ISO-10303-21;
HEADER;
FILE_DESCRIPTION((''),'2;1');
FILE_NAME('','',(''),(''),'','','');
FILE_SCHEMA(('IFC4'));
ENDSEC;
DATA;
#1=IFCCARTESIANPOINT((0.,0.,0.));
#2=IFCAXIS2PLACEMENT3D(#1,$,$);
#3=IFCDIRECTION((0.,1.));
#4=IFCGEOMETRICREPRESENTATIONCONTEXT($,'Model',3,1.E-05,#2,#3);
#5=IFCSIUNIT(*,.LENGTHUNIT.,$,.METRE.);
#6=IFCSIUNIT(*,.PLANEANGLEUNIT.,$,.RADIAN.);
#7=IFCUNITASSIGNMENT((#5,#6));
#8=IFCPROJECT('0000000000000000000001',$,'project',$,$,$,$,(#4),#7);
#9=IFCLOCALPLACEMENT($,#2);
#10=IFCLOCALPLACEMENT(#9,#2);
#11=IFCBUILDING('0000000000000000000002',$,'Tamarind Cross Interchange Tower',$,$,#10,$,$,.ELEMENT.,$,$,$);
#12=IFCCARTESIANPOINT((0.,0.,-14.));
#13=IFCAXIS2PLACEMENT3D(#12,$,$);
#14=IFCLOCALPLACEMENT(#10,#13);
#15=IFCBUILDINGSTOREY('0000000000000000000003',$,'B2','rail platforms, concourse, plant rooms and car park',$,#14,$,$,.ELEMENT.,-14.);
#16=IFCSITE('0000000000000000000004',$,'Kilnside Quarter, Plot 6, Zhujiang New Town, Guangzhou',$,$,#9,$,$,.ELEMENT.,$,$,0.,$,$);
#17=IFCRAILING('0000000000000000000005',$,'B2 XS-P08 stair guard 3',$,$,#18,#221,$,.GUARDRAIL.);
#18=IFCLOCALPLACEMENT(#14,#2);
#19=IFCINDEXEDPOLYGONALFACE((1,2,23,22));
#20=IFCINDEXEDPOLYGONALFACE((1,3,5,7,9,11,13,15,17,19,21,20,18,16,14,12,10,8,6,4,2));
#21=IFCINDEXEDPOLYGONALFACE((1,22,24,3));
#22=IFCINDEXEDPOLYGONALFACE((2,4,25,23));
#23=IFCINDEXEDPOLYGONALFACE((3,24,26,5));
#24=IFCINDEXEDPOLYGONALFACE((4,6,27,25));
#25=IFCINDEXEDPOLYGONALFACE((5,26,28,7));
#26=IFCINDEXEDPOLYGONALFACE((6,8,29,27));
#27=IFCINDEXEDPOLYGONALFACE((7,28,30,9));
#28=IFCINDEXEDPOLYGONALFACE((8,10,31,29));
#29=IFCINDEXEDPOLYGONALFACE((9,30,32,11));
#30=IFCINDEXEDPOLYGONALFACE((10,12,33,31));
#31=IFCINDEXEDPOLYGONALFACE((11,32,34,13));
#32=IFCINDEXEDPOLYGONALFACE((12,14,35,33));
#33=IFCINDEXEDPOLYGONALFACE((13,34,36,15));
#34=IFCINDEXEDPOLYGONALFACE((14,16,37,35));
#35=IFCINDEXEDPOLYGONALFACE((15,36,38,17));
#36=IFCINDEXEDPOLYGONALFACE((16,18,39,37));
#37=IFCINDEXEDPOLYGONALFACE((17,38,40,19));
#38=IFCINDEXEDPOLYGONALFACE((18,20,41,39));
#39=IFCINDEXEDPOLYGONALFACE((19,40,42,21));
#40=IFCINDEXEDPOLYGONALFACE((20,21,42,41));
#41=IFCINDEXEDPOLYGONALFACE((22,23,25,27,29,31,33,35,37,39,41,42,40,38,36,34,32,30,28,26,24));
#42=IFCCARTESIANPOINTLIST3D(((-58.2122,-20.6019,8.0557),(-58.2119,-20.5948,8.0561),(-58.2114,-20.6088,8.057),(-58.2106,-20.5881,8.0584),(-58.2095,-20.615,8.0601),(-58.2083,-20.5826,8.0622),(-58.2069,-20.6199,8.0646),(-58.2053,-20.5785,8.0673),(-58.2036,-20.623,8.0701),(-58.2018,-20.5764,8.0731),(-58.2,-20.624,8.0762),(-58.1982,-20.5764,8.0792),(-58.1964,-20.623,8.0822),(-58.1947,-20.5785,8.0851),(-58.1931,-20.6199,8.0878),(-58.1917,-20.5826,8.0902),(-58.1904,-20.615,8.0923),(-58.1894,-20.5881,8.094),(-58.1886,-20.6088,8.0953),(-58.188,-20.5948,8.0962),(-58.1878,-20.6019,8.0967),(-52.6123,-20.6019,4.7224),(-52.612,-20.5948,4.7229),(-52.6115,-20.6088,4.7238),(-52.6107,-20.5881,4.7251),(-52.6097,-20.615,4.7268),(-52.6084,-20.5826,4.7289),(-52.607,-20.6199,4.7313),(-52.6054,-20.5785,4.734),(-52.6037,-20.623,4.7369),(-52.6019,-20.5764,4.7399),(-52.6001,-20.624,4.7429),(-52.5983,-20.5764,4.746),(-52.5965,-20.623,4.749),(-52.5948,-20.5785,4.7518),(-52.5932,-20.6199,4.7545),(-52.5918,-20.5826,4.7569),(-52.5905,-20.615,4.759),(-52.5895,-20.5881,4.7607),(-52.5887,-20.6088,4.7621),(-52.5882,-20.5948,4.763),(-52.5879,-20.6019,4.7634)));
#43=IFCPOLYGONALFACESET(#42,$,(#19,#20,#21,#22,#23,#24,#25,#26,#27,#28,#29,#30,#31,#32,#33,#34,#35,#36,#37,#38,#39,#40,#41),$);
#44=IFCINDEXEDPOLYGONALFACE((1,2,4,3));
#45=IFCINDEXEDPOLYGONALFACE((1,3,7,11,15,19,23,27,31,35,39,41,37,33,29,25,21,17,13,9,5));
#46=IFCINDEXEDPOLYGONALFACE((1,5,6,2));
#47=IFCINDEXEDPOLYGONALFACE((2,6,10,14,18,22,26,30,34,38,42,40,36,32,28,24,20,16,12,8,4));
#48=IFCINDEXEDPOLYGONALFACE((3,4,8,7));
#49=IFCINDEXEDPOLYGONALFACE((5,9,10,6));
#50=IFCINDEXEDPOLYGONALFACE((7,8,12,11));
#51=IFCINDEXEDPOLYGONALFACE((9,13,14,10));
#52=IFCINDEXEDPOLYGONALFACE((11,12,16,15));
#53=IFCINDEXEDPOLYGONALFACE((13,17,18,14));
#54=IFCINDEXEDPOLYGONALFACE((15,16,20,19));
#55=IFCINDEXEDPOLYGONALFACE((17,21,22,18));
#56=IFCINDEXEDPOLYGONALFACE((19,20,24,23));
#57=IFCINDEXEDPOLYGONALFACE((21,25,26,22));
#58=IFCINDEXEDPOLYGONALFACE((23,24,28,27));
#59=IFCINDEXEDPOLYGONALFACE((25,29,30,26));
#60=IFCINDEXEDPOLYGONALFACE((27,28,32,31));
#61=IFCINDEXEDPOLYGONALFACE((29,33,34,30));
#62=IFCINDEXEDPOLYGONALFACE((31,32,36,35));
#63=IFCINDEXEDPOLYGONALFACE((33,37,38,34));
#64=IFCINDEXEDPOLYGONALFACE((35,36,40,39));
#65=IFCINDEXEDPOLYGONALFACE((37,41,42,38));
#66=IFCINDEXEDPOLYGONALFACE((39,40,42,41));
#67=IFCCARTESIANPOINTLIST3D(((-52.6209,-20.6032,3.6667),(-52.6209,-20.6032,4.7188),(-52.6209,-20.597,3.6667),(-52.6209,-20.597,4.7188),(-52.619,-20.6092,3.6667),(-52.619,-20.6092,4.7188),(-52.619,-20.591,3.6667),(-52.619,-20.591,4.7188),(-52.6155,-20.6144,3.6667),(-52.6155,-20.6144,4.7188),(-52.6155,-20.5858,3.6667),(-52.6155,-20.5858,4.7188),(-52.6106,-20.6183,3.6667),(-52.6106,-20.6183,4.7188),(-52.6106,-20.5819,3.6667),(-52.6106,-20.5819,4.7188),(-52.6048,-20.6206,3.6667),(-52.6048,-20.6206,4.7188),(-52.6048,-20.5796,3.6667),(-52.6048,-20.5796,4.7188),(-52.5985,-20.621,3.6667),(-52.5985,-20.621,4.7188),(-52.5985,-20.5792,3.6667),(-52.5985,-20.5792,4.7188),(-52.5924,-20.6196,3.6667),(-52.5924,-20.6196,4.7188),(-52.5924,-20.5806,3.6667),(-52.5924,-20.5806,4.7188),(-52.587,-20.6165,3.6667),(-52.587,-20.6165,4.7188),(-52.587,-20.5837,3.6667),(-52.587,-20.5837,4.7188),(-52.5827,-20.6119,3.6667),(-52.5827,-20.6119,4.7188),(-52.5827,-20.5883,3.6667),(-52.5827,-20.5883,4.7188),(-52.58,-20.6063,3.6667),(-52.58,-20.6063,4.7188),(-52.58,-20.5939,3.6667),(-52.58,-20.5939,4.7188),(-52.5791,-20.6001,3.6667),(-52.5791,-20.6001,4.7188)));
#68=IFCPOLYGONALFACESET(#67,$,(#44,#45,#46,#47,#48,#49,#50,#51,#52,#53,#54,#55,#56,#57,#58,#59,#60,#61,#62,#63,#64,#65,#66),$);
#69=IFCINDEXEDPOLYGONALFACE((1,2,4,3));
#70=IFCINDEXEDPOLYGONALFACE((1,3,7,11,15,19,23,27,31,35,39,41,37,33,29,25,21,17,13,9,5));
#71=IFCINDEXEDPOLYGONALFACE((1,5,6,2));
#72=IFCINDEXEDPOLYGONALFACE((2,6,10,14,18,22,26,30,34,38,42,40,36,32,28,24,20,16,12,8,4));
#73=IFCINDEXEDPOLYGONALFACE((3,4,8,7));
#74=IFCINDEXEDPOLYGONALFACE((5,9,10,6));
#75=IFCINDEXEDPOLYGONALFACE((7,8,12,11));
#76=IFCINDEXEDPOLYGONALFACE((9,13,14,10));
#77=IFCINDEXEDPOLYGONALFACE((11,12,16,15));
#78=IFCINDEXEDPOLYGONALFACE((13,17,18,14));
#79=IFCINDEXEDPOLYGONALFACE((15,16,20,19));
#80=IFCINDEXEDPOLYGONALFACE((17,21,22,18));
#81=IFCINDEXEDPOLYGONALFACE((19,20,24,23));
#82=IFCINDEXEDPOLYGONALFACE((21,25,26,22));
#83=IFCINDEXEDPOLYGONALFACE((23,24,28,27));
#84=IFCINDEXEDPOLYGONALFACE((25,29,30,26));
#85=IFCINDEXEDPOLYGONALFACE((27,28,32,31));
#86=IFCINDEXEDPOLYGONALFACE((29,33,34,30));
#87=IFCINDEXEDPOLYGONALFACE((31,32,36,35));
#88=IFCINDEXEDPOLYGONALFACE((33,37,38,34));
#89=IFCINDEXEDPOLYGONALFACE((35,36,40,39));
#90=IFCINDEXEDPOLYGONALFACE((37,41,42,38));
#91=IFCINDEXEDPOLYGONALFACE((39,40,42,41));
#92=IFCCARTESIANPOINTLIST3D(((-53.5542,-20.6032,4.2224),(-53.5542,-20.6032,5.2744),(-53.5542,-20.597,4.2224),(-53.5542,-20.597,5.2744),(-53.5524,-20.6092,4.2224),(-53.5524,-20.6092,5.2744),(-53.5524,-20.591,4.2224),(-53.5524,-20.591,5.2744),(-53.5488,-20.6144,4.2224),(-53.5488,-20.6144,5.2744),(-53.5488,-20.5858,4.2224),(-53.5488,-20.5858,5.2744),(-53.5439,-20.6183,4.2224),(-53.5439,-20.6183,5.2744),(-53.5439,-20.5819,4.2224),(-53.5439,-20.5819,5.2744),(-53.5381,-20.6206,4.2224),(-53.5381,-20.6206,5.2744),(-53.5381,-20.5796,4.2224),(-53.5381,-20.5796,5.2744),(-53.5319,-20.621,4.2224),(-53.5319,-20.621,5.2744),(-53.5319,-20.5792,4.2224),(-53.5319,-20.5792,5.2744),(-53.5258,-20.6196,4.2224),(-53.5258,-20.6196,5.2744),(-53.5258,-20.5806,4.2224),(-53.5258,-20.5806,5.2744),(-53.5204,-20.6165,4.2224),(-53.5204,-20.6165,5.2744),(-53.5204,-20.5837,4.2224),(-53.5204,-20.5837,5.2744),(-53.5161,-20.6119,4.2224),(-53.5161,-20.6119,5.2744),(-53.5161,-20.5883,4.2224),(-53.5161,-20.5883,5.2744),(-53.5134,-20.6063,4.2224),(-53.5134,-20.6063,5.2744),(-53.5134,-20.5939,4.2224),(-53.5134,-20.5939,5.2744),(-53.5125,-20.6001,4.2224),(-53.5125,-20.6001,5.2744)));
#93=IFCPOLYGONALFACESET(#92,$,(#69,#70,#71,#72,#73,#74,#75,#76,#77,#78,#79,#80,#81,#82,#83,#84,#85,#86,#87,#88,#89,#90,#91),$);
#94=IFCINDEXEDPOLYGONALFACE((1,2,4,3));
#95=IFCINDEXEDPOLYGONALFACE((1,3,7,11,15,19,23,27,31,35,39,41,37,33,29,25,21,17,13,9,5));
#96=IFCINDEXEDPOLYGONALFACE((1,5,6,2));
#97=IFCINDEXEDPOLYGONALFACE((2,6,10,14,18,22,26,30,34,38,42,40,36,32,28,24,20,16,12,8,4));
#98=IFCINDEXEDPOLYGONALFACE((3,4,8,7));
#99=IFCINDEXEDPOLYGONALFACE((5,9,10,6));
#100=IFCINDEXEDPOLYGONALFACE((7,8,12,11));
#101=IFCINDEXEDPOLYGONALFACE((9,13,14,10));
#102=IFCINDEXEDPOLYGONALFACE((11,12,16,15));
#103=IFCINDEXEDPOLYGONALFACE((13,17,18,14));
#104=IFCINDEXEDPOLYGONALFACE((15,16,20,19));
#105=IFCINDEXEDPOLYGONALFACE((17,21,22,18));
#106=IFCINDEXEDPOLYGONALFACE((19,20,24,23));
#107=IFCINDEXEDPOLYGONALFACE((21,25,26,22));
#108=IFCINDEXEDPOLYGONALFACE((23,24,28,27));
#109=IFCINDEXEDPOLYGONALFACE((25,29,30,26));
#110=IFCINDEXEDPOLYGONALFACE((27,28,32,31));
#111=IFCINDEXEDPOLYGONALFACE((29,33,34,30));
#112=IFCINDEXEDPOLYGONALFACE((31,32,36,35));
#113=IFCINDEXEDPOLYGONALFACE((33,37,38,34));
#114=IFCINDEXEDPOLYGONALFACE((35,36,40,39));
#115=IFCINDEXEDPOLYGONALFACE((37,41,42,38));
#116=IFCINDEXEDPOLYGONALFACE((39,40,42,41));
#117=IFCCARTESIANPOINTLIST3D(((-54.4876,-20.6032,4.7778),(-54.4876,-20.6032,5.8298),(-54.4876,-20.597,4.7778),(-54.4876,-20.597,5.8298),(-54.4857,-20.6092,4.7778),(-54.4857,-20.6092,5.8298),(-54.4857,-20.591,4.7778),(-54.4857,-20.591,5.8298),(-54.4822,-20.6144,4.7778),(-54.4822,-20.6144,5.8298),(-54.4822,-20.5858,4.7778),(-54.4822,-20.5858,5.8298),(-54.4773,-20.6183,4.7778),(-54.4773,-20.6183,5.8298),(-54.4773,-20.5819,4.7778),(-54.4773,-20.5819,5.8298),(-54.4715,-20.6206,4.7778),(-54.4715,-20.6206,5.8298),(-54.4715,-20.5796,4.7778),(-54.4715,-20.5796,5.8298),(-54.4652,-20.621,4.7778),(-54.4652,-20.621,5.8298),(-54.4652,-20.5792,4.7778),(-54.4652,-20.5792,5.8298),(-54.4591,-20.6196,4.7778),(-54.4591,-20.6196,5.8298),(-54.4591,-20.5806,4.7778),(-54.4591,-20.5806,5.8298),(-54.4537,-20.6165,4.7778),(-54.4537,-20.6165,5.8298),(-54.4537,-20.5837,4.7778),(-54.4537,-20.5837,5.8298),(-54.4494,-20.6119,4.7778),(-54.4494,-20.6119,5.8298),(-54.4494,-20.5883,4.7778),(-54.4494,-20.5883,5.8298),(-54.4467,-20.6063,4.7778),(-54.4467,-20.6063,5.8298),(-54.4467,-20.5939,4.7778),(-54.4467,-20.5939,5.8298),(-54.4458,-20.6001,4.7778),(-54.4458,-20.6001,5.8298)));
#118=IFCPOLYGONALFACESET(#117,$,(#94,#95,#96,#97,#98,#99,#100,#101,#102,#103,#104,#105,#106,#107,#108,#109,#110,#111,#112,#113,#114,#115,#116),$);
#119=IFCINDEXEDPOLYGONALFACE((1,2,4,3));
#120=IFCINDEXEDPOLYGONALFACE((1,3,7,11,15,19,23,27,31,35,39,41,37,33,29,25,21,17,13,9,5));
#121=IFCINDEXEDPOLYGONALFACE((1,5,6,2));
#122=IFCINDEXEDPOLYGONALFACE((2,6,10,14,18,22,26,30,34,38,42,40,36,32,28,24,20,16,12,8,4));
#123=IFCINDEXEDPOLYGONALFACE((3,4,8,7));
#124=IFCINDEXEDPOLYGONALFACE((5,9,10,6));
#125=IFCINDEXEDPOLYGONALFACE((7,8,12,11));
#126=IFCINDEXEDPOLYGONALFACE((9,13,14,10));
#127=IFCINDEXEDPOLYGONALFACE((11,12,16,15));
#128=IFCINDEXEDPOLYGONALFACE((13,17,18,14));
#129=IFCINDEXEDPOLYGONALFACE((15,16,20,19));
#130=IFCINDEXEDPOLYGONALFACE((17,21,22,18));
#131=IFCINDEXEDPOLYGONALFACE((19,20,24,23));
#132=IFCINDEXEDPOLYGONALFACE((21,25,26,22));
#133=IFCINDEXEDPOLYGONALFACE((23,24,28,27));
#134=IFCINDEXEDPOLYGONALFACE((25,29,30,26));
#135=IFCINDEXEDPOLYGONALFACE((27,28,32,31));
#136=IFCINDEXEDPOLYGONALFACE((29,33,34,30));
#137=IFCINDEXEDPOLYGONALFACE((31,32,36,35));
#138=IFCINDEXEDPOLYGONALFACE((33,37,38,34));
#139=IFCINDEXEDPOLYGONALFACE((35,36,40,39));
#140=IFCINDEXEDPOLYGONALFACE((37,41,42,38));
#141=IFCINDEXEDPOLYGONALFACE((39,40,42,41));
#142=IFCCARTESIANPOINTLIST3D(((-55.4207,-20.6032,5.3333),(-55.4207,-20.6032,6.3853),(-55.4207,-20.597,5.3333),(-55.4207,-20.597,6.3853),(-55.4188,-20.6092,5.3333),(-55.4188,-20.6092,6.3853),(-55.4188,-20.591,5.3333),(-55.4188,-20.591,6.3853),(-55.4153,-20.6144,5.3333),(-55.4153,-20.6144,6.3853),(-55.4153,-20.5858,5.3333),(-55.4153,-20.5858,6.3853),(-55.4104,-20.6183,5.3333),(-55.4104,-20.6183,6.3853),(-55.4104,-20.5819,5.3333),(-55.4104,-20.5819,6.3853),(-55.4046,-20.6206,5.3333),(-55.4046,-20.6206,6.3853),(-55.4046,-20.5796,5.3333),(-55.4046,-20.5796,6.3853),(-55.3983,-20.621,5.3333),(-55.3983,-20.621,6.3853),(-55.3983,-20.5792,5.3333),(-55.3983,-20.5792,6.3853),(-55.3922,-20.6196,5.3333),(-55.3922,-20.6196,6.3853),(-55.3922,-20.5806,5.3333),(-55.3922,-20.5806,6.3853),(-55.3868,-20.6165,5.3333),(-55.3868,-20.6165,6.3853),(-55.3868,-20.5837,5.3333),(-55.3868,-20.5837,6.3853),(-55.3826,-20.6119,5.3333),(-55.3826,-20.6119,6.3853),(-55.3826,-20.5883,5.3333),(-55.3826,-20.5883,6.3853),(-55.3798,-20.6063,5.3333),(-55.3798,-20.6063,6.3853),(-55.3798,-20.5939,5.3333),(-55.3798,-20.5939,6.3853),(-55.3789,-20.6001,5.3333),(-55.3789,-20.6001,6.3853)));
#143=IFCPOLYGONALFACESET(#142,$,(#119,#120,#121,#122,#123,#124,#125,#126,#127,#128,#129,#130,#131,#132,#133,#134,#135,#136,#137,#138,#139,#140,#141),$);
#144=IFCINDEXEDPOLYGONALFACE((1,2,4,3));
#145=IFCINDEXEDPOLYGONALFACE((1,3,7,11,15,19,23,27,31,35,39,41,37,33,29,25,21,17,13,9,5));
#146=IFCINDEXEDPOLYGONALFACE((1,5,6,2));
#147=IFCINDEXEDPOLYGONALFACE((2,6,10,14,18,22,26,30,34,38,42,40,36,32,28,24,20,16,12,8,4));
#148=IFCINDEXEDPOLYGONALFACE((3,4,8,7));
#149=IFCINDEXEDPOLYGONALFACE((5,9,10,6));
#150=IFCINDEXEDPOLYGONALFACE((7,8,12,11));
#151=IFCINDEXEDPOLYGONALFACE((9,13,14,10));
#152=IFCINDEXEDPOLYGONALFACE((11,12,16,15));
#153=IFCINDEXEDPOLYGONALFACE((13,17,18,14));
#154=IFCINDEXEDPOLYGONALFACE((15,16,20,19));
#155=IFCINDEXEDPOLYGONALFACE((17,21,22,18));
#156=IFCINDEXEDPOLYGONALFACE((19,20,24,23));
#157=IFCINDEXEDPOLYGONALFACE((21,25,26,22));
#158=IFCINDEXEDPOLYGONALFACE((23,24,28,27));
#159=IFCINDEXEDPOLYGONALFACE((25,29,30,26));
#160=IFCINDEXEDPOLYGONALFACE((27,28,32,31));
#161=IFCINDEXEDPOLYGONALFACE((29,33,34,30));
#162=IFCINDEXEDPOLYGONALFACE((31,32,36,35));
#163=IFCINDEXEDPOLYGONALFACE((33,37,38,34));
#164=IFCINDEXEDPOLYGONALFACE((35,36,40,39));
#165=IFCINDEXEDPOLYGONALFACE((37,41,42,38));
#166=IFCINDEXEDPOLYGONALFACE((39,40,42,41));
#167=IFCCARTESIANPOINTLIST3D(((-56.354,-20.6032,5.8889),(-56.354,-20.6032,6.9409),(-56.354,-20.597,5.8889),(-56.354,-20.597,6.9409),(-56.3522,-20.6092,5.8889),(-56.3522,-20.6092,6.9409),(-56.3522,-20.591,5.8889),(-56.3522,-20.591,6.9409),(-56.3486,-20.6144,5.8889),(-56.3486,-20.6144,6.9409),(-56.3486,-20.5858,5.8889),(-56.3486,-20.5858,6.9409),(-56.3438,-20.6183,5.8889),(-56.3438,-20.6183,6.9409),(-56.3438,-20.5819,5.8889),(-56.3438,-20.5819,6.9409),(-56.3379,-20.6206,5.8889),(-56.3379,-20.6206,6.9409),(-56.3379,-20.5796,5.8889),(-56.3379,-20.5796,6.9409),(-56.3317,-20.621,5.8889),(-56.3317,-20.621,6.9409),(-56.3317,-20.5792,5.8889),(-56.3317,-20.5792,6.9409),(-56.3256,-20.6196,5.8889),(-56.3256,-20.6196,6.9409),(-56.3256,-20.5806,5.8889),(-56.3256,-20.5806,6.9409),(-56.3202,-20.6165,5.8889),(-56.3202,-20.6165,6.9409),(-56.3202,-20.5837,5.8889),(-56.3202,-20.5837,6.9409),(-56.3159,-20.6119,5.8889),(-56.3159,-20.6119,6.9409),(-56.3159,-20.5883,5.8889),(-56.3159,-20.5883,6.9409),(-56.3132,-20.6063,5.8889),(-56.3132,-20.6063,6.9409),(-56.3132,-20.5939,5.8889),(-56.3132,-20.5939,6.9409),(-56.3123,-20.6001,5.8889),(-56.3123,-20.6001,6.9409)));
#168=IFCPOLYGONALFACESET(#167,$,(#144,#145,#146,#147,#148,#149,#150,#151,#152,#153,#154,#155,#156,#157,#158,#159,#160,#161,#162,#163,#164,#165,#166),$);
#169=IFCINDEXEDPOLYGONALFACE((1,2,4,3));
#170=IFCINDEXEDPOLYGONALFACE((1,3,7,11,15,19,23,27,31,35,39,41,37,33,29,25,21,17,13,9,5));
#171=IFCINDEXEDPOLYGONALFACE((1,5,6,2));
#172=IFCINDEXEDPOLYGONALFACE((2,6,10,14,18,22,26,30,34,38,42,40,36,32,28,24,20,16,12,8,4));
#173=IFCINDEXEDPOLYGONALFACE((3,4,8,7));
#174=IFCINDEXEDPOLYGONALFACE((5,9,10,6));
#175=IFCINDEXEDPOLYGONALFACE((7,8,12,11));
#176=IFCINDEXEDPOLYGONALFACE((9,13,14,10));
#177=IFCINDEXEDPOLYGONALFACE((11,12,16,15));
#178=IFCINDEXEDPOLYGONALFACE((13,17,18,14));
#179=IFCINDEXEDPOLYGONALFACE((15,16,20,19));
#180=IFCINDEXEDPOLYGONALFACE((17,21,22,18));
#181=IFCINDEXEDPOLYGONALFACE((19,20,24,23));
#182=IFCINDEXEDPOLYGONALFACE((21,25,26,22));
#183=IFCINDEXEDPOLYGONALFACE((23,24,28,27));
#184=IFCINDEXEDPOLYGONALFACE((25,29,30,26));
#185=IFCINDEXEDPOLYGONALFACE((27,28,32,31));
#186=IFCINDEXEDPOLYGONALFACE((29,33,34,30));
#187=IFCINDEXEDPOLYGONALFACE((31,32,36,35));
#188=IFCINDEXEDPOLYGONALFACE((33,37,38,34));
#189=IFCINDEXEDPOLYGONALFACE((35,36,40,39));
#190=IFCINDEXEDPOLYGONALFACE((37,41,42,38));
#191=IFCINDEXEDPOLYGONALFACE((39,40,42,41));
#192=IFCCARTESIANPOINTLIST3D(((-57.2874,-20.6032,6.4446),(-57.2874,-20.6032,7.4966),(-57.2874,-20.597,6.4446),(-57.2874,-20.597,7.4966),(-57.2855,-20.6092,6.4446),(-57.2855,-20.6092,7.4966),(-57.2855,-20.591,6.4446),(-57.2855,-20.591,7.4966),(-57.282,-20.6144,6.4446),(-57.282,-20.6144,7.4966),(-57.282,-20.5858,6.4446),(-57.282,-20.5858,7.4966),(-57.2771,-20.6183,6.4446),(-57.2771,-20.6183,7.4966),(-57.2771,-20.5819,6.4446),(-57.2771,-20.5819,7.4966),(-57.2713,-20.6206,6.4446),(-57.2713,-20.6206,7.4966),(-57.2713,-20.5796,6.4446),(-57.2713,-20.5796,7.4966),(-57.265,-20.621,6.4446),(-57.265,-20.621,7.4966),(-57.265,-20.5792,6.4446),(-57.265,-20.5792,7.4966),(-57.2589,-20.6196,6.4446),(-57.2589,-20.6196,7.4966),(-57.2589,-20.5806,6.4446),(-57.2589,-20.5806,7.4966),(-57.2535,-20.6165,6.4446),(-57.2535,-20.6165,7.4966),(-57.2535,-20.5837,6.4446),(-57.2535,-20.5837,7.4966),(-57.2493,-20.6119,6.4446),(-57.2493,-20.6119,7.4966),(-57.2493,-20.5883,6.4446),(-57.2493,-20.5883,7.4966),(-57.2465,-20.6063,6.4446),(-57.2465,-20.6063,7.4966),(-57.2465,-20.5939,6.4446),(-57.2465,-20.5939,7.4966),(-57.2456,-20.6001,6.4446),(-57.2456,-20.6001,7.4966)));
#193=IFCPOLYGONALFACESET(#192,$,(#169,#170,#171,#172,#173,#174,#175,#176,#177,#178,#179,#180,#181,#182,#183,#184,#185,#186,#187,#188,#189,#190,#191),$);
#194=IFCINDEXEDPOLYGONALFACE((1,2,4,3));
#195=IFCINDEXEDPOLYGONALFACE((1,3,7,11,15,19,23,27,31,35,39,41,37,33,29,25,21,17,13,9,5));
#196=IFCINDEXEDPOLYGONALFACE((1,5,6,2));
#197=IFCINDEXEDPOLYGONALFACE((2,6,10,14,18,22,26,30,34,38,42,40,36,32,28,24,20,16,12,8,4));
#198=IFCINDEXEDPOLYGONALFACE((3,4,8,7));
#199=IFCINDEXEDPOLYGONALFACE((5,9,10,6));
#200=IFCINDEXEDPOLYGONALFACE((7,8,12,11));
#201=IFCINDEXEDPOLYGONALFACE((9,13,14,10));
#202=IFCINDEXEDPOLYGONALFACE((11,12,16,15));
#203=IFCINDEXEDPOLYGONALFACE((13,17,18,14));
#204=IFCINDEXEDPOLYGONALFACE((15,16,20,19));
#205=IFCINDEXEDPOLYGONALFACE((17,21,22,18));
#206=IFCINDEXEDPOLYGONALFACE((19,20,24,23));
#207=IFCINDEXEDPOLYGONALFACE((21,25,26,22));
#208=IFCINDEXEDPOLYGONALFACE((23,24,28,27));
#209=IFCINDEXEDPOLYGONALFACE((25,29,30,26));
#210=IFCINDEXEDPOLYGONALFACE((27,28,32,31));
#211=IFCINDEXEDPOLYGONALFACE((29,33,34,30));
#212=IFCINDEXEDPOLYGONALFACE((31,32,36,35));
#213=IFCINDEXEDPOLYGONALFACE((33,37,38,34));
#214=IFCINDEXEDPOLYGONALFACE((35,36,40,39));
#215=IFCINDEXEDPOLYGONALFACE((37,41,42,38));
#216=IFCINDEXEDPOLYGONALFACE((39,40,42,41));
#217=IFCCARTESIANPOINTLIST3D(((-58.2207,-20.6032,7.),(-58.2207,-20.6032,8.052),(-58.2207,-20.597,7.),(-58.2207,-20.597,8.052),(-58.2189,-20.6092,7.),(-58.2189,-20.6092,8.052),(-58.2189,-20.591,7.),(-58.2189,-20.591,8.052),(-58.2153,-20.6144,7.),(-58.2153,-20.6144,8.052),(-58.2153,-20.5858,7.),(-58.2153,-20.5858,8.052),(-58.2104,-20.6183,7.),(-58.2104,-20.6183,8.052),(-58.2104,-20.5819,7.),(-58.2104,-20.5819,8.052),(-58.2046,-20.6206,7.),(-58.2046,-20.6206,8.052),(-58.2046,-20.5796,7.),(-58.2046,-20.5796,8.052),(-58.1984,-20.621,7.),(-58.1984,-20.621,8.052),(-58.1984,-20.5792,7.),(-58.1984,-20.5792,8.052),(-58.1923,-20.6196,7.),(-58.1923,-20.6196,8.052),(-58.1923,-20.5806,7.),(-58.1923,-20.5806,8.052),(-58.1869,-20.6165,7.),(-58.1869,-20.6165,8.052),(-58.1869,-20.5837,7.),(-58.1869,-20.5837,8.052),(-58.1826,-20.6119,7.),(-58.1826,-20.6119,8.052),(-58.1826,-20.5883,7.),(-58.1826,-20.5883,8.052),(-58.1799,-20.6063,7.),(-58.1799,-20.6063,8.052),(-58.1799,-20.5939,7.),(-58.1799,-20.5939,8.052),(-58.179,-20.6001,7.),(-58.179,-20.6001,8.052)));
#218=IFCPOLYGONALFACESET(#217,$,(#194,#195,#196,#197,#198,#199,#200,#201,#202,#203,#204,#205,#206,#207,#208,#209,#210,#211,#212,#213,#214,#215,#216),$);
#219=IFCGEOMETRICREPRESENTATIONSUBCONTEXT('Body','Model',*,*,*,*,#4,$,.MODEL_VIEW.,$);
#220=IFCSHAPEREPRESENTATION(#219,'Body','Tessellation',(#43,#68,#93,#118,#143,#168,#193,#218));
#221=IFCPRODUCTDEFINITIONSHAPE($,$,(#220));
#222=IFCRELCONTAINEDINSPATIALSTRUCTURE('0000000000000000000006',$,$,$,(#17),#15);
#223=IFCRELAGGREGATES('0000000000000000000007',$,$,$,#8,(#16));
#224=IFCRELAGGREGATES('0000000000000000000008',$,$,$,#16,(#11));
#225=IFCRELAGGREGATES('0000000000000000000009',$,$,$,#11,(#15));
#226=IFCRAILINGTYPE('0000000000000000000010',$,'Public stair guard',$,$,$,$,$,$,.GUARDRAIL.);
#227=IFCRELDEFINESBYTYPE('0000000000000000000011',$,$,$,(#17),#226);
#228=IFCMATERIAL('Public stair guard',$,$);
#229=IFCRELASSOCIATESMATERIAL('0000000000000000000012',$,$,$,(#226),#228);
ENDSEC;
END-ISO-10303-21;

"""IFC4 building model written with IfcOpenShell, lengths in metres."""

from ifc_helpers import new_model, si_unit, direction, frame, origin, origin_2d, place, context, subcontext, project, spatial, circle, extrude, material, type_object, element, save


model = new_model("IFC4")

# Units and contexts
model_context = context("Model", 3, precision=1e-05, world=origin(), true_north=direction((0.0, 1.0)))
body_context = subcontext(model_context, "Body", "Model", "MODEL_VIEW")
ifc_project = project(units=[si_unit("LENGTHUNIT", "METRE"), si_unit("PLANEANGLEUNIT", "RADIAN")], contexts=[model_context])

# Site, building, storey
site_placement = place(None, origin())
site = spatial("IfcSite", under=ifc_project, at=site_placement, Name="Kilnside Quarter, Plot 6, Zhujiang New Town, Guangzhou", CompositionType="ELEMENT", RefElevation=0.0)
building_placement = place(site_placement, origin())
building = spatial("IfcBuilding", under=site, at=building_placement, Name="Tamarind Cross Interchange Tower", CompositionType="ELEMENT")
storey_placement = place(building_placement, frame((0.0, 0.0, -14.0)))
storey = spatial("IfcBuildingStorey", under=building, at=storey_placement, Name="B2", Description="rail platforms, concourse, plant rooms and car park", CompositionType="ELEMENT", Elevation=-14.0)

# Railing
ifc_material_1 = material(Name="Public stair guard")
railing_type_1 = type_object("IfcRailingType", Name="Public stair guard", PredefinedType="GUARDRAIL", material=ifc_material_1)
railing_1_placement = place(storey_placement, frame((-52.6001, -20.6001, 3.6667)))
element("IfcRailing", 1, at=railing_1_placement, inside=storey, type_object=railing_type_1, Name="B2 XS-P08 stair guard 3", PredefinedType="GUARDRAIL", context=body_context, shape_type="SweptSolid", body=[
    extrude(circle(Radius=0.0239, at=origin_2d()), frame((0.0, 0.0, 1.0762), z_axis=(-0.859292, 0.0, 0.511485), x_axis=(0.0, -1.0, 0.0)), (0.0, 0.0, 1.0), 6.5168),
    extrude(circle(Radius=0.021, at=origin_2d()), origin(), (0.0, 0.0, 1.0), 1.052),
    extrude(circle(Radius=0.021, at=origin_2d()), frame((-0.9333, 0.0, 0.5557)), (0.0, 0.0, 1.0), 1.052),
    extrude(circle(Radius=0.021, at=origin_2d()), frame((-1.8667, 0.0, 1.1111)), (0.0, 0.0, 1.0), 1.052),
    extrude(circle(Radius=0.021, at=origin_2d()), frame((-2.7998, 0.0, 1.6665)), (0.0, 0.0, 1.0), 1.052),
    extrude(circle(Radius=0.021, at=origin_2d()), frame((-3.7332, 0.0, 2.2222)), (0.0, 0.0, 1.0), 1.052),
    extrude(circle(Radius=0.021, at=origin_2d()), frame((-4.6665, 0.0, 2.7778)), (0.0, 0.0, 1.0), 1.052),
    extrude(circle(Radius=0.021, at=origin_2d()), frame((-5.5999, 0.0, 3.3333)), (0.0, 0.0, 1.0), 1.052),
])

save(model, "model.ifc")
